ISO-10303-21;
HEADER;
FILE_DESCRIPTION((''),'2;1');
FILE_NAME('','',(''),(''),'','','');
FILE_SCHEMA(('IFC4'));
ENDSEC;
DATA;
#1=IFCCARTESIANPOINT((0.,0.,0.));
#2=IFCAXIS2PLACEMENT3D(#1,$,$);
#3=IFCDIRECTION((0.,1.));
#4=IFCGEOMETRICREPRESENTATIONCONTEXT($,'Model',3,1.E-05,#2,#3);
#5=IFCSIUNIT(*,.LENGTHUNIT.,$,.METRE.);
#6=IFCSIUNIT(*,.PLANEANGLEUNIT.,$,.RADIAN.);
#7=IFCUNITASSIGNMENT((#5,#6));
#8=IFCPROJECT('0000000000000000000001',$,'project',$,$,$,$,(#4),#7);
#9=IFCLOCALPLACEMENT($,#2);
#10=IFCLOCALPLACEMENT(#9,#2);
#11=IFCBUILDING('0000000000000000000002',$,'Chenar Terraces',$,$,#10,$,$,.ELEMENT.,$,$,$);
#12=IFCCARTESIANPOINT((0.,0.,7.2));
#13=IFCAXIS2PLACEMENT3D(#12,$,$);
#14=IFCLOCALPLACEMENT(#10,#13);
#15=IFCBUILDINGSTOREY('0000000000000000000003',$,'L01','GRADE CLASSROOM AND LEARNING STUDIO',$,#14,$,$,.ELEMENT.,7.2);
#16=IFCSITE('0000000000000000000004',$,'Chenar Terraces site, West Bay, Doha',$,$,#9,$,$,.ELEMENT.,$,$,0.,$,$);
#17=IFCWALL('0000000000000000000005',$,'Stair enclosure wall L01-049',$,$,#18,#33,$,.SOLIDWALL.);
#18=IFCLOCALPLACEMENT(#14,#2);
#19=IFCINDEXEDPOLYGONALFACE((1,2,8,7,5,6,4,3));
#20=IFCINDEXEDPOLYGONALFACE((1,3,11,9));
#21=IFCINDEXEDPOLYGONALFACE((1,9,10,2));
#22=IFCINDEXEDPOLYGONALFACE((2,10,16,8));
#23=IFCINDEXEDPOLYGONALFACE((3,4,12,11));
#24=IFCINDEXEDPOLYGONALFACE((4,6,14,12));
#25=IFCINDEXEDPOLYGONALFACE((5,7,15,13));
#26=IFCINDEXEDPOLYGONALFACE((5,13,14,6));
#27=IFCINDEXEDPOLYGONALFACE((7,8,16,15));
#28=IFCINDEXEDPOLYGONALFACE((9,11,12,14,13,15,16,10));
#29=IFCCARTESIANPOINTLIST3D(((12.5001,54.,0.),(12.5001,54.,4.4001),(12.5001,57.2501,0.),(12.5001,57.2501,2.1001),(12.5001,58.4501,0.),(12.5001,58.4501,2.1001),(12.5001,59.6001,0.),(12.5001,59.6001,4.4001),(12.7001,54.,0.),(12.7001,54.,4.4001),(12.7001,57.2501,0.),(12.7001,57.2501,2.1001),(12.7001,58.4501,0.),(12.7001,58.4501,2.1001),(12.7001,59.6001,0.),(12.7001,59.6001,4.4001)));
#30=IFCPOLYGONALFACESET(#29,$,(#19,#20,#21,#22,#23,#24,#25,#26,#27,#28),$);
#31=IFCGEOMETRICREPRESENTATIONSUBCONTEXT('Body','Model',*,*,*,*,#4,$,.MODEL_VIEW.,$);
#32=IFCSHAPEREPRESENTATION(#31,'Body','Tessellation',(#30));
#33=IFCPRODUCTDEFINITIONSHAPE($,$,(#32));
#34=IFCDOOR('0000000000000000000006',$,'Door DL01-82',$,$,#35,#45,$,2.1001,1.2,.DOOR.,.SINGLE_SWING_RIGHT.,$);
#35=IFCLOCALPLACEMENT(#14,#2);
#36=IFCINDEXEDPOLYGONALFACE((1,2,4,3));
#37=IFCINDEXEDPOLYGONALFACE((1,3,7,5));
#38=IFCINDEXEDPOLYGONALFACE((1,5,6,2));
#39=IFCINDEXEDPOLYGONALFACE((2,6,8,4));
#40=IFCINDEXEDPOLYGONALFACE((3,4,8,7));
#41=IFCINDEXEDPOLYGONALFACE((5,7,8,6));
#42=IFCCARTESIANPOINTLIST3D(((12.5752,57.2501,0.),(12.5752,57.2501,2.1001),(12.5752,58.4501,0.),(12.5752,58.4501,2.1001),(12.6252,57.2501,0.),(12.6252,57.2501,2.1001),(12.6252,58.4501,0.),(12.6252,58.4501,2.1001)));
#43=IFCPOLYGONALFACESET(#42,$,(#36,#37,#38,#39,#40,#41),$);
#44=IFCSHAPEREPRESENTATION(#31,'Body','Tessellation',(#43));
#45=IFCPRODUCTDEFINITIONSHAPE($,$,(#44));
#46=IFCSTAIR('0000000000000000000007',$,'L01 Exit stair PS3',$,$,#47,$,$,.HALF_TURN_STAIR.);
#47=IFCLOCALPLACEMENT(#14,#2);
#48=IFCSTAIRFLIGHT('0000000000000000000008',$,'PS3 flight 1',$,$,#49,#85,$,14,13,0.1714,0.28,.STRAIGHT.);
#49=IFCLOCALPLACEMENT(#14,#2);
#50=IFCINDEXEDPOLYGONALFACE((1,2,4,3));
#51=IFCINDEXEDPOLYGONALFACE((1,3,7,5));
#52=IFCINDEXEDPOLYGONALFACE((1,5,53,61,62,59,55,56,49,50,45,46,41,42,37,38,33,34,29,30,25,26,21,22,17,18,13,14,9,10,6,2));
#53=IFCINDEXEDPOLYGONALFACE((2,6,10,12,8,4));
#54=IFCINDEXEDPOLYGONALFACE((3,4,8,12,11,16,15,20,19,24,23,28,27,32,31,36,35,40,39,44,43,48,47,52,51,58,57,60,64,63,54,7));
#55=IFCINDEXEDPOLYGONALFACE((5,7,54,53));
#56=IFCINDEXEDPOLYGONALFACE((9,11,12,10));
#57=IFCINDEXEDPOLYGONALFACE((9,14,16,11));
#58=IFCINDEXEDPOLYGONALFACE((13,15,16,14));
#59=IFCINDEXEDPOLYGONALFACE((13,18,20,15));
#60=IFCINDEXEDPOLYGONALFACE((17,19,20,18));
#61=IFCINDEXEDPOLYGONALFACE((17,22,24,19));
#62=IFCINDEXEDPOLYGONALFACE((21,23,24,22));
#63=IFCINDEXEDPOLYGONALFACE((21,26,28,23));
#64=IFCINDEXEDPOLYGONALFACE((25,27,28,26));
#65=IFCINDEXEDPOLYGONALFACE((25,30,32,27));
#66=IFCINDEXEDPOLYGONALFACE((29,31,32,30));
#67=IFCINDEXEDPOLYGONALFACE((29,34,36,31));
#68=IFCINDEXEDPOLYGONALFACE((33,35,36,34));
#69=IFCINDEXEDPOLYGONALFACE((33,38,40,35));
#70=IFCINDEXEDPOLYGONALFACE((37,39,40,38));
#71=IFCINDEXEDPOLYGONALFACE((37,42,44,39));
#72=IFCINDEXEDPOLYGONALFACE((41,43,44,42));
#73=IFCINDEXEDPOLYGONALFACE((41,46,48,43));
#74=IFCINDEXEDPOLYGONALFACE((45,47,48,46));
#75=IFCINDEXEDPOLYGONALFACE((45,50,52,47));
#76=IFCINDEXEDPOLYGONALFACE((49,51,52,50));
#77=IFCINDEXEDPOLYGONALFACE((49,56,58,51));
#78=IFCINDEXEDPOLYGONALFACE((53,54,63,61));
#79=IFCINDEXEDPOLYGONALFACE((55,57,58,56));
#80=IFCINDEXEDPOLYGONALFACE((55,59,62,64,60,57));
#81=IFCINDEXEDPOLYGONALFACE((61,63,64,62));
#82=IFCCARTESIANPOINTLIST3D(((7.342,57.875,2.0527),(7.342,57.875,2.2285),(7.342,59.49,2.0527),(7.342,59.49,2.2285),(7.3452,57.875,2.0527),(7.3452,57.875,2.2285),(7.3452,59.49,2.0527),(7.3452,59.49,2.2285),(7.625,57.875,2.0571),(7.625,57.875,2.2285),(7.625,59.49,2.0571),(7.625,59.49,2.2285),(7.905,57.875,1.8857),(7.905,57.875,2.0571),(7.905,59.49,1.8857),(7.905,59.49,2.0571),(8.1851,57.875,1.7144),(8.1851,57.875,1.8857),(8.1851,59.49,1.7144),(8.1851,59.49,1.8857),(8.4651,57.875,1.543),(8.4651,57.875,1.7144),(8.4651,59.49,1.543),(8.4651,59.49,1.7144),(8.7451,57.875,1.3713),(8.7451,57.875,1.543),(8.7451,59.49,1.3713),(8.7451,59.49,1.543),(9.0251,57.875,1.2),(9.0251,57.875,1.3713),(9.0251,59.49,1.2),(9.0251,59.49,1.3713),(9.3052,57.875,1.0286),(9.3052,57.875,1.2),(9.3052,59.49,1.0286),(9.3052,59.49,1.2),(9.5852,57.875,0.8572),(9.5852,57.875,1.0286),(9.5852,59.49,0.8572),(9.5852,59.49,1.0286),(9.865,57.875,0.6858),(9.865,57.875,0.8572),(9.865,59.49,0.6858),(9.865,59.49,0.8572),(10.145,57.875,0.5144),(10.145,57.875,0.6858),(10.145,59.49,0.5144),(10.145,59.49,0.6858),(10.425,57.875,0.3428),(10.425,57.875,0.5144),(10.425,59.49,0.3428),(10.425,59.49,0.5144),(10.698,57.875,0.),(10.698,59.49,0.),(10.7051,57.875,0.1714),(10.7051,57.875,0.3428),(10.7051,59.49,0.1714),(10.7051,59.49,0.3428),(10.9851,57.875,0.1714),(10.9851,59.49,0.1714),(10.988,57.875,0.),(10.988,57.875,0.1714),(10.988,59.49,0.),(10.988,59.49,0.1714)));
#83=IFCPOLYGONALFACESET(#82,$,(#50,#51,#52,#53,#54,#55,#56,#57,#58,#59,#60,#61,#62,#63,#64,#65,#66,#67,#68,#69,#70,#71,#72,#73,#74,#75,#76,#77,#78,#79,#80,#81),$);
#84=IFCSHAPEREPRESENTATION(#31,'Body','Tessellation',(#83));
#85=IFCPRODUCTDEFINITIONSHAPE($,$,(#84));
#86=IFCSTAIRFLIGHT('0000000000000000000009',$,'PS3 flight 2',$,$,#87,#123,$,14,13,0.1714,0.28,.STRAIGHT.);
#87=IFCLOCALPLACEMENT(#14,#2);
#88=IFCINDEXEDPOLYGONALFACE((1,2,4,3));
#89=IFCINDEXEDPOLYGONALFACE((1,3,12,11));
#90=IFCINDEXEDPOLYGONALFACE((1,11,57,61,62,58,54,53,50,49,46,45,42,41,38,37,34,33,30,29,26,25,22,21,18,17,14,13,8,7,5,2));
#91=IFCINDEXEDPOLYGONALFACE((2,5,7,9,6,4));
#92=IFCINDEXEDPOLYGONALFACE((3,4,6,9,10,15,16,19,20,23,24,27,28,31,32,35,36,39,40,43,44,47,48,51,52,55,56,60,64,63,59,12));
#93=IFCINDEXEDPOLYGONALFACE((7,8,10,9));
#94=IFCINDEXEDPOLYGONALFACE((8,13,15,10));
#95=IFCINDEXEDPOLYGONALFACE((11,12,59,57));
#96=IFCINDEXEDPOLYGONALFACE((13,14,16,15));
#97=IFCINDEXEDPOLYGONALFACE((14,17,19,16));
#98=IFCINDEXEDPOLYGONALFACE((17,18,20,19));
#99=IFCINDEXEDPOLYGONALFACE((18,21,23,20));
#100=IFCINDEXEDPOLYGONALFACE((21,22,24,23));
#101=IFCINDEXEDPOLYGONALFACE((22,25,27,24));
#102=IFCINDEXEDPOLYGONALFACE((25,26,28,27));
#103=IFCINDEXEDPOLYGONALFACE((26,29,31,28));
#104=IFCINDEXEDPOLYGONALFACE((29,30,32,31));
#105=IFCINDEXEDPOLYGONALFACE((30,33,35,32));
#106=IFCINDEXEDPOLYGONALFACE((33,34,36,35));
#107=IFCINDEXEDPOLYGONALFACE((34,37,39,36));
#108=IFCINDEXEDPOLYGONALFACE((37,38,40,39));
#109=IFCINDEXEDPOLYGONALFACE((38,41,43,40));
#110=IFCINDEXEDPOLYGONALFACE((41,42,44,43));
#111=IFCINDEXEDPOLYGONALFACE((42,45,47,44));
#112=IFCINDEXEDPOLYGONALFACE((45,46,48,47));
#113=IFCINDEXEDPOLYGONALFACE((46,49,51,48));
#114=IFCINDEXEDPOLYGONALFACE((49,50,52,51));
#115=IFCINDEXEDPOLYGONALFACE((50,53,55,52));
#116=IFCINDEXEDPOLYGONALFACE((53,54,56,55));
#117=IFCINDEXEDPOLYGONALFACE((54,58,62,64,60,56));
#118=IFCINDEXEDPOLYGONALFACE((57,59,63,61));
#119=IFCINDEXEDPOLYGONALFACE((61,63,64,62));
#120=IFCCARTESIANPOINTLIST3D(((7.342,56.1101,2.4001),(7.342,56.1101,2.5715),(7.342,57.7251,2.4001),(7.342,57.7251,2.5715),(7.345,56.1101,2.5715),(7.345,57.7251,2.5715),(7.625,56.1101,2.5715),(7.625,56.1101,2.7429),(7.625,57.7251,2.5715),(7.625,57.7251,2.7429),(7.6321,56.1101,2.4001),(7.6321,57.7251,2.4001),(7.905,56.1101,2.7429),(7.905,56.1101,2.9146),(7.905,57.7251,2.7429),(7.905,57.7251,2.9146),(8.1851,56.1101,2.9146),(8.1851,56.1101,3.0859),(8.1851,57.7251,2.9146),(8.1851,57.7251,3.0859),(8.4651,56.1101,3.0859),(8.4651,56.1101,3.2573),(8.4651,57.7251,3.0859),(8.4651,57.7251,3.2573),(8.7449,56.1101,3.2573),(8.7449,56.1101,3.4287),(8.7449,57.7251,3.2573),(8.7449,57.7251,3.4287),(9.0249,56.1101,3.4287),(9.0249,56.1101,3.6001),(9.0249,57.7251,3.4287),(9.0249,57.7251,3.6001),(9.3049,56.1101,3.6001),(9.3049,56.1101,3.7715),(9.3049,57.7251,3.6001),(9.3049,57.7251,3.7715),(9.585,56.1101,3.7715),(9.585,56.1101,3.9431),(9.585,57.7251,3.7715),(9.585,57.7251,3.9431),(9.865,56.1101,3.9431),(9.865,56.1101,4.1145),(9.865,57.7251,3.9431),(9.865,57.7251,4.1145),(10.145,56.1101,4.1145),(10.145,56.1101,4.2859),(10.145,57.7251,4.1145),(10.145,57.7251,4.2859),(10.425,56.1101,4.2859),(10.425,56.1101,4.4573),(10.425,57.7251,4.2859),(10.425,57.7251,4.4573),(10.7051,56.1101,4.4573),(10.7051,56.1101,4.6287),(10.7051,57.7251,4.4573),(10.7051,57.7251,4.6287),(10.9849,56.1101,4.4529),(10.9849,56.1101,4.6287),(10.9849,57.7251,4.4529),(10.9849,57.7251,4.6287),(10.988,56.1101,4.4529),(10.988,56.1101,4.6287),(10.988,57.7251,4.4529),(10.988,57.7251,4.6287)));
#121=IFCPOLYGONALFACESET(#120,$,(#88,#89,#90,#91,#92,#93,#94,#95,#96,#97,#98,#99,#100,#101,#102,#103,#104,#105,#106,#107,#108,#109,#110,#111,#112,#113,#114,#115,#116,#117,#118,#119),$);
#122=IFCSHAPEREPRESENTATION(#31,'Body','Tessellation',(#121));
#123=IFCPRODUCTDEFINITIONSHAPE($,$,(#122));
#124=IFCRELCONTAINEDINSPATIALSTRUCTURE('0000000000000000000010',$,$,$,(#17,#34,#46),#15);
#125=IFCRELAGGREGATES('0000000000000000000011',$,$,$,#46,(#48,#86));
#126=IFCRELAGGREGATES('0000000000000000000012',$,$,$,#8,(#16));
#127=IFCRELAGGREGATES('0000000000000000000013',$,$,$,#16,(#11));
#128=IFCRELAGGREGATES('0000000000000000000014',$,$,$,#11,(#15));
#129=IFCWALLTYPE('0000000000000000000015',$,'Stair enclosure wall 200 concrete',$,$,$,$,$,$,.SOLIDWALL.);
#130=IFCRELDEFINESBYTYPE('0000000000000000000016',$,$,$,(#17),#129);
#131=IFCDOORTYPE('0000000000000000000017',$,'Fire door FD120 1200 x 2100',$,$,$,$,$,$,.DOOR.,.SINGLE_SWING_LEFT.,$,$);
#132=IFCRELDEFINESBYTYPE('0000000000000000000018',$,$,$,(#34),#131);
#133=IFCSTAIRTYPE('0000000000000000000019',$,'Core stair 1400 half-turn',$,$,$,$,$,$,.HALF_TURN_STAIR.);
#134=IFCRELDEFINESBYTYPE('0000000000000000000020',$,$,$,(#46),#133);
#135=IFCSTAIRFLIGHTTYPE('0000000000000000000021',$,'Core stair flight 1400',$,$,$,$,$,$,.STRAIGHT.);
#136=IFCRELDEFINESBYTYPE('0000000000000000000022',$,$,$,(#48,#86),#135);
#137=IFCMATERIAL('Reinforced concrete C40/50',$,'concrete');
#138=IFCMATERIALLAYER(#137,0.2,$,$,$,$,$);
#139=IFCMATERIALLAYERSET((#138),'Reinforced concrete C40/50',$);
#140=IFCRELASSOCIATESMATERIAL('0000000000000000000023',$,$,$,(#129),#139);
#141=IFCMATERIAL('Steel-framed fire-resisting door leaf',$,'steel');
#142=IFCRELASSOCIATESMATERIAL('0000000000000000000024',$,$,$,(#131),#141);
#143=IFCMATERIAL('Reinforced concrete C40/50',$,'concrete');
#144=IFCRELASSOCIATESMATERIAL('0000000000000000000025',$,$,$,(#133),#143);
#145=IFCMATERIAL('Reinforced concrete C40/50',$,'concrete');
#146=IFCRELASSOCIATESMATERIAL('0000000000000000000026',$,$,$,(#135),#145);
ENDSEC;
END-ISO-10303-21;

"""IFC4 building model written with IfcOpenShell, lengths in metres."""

from ifc_helpers import new_model, si_unit, direction, frame, frame_2d, origin, place, context, subcontext, project, spatial, polyline, rectangle, outline, extrude, material, layer, layer_set, type_object, element, fill, aggregate, save


model = new_model("IFC4")

# Units and contexts
model_context = context("Model", 3, precision=1e-05, world=origin(), true_north=direction((0.0, 1.0)))
body_context = subcontext(model_context, "Body", "Model", "MODEL_VIEW")
ifc_project = project(units=[si_unit("LENGTHUNIT", "METRE"), si_unit("PLANEANGLEUNIT", "RADIAN")], contexts=[model_context])

# Site, building, storey
site_placement = place(None, origin())
site = spatial("IfcSite", under=ifc_project, at=site_placement, Name="Chenar Terraces site, West Bay, Doha", CompositionType="ELEMENT", RefElevation=0.0)
building_placement = place(site_placement, origin())
building = spatial("IfcBuilding", under=site, at=building_placement, Name="Chenar Terraces", CompositionType="ELEMENT")
storey_placement = place(building_placement, frame((0.0, 0.0, 7.2)))
storey = spatial("IfcBuildingStorey", under=building, at=storey_placement, Name="L01", Description="GRADE CLASSROOM AND LEARNING STUDIO", CompositionType="ELEMENT", Elevation=7.2)

# Wall, opening, door
ifc_material_1 = material(Name="Reinforced concrete C40/50", Category="concrete")
ifc_layer_1 = layer(ifc_material_1, 0.2)
ifc_layer_set_1 = layer_set([ifc_layer_1], Name="Reinforced concrete C40/50")
wall_type_1 = type_object("IfcWallType", Name="Stair enclosure wall 200 concrete", PredefinedType="SOLIDWALL", material=ifc_layer_set_1)
wall_1_placement = place(storey_placement, frame((12.6001, 54.0, 0.0), z_axis=(0.0, 0.0, 1.0), x_axis=(0.0, 1.0, 0.0)))
wall_1 = element("IfcWall", 1, at=wall_1_placement, inside=storey, type_object=wall_type_1, Name="Stair enclosure wall L01-049", PredefinedType="SOLIDWALL", context=body_context, shape_type="SweptSolid", body=[
    extrude(rectangle(XDim=5.6001, YDim=0.2, at=frame_2d((2.8, 0.0))), origin(), (0.0, 0.0, 1.0), 4.4001),
])
opening_1_placement = place(wall_1_placement, frame((3.25, 0.0, 0.0)))
opening_1 = element("IfcOpeningElement", 2, at=opening_1_placement, cuts=wall_1, PredefinedType="OPENING", context=body_context, shape_type="SweptSolid", body=[
    extrude(rectangle(XDim=1.2, YDim=2.1001, at=frame_2d((0.6001, 1.05))), frame((0.0, 0.1099, 0.0), z_axis=(0.0, -1.0, 0.0), x_axis=(1.0, 0.0, 0.0)), (0.0, 0.0, 1.0), 0.22),
])
ifc_material_2 = material(Name="Steel-framed fire-resisting door leaf", Category="steel")
door_type_1 = type_object("IfcDoorType", Name="Fire door FD120 1200 x 2100", OperationType="SINGLE_SWING_LEFT", PredefinedType="DOOR", material=ifc_material_2)
door_1_placement = place(opening_1_placement, origin())
door_1 = element("IfcDoor", 3, at=door_1_placement, inside=storey, type_object=door_type_1, Name="Door DL01-82", OperationType="SINGLE_SWING_RIGHT", OverallHeight=2.1001, OverallWidth=1.2, PredefinedType="DOOR", context=body_context, shape_type="SweptSolid", body=[
    extrude(rectangle(XDim=1.2, YDim=2.1001, at=frame_2d((0.6001, 1.05))), frame((0.0, 0.0249, 0.0), z_axis=(0.0, -1.0, 0.0), x_axis=(1.0, 0.0, 0.0)), (0.0, 0.0, 1.0), 0.05),
])
fill(opening_1, door_1)

# Stair, stair flights
ifc_material_3 = material(Name="Reinforced concrete C40/50", Category="concrete")
stair_type = type_object("IfcStairType", Name="Core stair 1400 half-turn", PredefinedType="HALF_TURN_STAIR", material=ifc_material_3)
stair_placement = place(storey_placement, origin())
stair = element("IfcStair", 4, at=stair_placement, inside=storey, type_object=stair_type, Name="L01 Exit stair PS3", PredefinedType="HALF_TURN_STAIR")
ifc_material_4 = material(Name="Reinforced concrete C40/50", Category="concrete")
stair_flight_type = type_object("IfcStairFlightType", Name="Core stair flight 1400", PredefinedType="STRAIGHT", material=ifc_material_4)
stair_flight_1_placement = place(storey_placement, frame((10.9851, 58.6826, 0.0), z_axis=(0.0, 0.0, 1.0), x_axis=(-1.0, 0.0, 0.0)))
stair_flight_1 = element("IfcStairFlight", 5, at=stair_flight_1_placement, type_object=stair_flight_type, Name="PS3 flight 1", NumberOfRisers=14, NumberOfTreads=13, PredefinedType="STRAIGHT", RiserHeight=0.1714, TreadLength=0.28, context=body_context, shape_type="SweptSolid", body=[
    extrude(outline(polyline([(-0.0029, 0.0), (-0.0029, 0.1714), (0.0, 0.1714), (0.28, 0.1714), (0.28, 0.3428), (0.5601, 0.3428), (0.5601, 0.5144), (0.8401, 0.5144), (0.8401, 0.6858), (1.1201, 0.6858), (1.1201, 0.8572), (1.3999, 0.8572), (1.3999, 1.0286), (1.6799, 1.0286), (1.6799, 1.2), (1.96, 1.2), (1.96, 1.3713), (2.24, 1.3713), (2.24, 1.543), (2.52, 1.543), (2.52, 1.7144), (2.8, 1.7144), (2.8, 1.8857), (3.0801, 1.8857), (3.0801, 2.0571), (3.3601, 2.0571), (3.3601, 2.2285), (3.6399, 2.2285), (3.6431, 2.2285), (3.6431, 2.0527), (3.6399, 2.0527), (0.2871, 0.0), (-0.0029, 0.0)])), frame((0.0, 0.8076, 0.0), z_axis=(0.0, -1.0, 0.0), x_axis=(1.0, 0.0, 0.0)), (0.0, 0.0, 1.0), 1.615),
])
stair_flight_2_placement = place(storey_placement, frame((7.345, 56.9175, 2.4001), z_axis=(0.0, 0.0, 1.0), x_axis=(1.0, 0.0, 0.0)))
stair_flight_2 = element("IfcStairFlight", 6, at=stair_flight_2_placement, type_object=stair_flight_type, Name="PS3 flight 2", NumberOfRisers=14, NumberOfTreads=13, PredefinedType="STRAIGHT", RiserHeight=0.1714, TreadLength=0.28, context=body_context, shape_type="SweptSolid", body=[
    extrude(outline(polyline([(-0.0029, 0.0), (-0.0029, 0.1714), (0.0, 0.1714), (0.28, 0.1714), (0.28, 0.3428), (0.5601, 0.3428), (0.5601, 0.5144), (0.8401, 0.5144), (0.8401, 0.6858), (1.1201, 0.6858), (1.1201, 0.8572), (1.3999, 0.8572), (1.3999, 1.0286), (1.6799, 1.0286), (1.6799, 1.2), (1.96, 1.2), (1.96, 1.3713), (2.24, 1.3713), (2.24, 1.543), (2.52, 1.543), (2.52, 1.7144), (2.8, 1.7144), (2.8, 1.8857), (3.0801, 1.8857), (3.0801, 2.0571), (3.3601, 2.0571), (3.3601, 2.2285), (3.6399, 2.2285), (3.6431, 2.2285), (3.6431, 2.0527), (3.6399, 2.0527), (0.2871, 0.0), (-0.0029, 0.0)])), frame((0.0, 0.8076, 0.0), z_axis=(0.0, -1.0, 0.0), x_axis=(1.0, 0.0, 0.0)), (0.0, 0.0, 1.0), 1.615),
])
aggregate(stair, [stair_flight_1, stair_flight_2])

save(model, "model.ifc")
